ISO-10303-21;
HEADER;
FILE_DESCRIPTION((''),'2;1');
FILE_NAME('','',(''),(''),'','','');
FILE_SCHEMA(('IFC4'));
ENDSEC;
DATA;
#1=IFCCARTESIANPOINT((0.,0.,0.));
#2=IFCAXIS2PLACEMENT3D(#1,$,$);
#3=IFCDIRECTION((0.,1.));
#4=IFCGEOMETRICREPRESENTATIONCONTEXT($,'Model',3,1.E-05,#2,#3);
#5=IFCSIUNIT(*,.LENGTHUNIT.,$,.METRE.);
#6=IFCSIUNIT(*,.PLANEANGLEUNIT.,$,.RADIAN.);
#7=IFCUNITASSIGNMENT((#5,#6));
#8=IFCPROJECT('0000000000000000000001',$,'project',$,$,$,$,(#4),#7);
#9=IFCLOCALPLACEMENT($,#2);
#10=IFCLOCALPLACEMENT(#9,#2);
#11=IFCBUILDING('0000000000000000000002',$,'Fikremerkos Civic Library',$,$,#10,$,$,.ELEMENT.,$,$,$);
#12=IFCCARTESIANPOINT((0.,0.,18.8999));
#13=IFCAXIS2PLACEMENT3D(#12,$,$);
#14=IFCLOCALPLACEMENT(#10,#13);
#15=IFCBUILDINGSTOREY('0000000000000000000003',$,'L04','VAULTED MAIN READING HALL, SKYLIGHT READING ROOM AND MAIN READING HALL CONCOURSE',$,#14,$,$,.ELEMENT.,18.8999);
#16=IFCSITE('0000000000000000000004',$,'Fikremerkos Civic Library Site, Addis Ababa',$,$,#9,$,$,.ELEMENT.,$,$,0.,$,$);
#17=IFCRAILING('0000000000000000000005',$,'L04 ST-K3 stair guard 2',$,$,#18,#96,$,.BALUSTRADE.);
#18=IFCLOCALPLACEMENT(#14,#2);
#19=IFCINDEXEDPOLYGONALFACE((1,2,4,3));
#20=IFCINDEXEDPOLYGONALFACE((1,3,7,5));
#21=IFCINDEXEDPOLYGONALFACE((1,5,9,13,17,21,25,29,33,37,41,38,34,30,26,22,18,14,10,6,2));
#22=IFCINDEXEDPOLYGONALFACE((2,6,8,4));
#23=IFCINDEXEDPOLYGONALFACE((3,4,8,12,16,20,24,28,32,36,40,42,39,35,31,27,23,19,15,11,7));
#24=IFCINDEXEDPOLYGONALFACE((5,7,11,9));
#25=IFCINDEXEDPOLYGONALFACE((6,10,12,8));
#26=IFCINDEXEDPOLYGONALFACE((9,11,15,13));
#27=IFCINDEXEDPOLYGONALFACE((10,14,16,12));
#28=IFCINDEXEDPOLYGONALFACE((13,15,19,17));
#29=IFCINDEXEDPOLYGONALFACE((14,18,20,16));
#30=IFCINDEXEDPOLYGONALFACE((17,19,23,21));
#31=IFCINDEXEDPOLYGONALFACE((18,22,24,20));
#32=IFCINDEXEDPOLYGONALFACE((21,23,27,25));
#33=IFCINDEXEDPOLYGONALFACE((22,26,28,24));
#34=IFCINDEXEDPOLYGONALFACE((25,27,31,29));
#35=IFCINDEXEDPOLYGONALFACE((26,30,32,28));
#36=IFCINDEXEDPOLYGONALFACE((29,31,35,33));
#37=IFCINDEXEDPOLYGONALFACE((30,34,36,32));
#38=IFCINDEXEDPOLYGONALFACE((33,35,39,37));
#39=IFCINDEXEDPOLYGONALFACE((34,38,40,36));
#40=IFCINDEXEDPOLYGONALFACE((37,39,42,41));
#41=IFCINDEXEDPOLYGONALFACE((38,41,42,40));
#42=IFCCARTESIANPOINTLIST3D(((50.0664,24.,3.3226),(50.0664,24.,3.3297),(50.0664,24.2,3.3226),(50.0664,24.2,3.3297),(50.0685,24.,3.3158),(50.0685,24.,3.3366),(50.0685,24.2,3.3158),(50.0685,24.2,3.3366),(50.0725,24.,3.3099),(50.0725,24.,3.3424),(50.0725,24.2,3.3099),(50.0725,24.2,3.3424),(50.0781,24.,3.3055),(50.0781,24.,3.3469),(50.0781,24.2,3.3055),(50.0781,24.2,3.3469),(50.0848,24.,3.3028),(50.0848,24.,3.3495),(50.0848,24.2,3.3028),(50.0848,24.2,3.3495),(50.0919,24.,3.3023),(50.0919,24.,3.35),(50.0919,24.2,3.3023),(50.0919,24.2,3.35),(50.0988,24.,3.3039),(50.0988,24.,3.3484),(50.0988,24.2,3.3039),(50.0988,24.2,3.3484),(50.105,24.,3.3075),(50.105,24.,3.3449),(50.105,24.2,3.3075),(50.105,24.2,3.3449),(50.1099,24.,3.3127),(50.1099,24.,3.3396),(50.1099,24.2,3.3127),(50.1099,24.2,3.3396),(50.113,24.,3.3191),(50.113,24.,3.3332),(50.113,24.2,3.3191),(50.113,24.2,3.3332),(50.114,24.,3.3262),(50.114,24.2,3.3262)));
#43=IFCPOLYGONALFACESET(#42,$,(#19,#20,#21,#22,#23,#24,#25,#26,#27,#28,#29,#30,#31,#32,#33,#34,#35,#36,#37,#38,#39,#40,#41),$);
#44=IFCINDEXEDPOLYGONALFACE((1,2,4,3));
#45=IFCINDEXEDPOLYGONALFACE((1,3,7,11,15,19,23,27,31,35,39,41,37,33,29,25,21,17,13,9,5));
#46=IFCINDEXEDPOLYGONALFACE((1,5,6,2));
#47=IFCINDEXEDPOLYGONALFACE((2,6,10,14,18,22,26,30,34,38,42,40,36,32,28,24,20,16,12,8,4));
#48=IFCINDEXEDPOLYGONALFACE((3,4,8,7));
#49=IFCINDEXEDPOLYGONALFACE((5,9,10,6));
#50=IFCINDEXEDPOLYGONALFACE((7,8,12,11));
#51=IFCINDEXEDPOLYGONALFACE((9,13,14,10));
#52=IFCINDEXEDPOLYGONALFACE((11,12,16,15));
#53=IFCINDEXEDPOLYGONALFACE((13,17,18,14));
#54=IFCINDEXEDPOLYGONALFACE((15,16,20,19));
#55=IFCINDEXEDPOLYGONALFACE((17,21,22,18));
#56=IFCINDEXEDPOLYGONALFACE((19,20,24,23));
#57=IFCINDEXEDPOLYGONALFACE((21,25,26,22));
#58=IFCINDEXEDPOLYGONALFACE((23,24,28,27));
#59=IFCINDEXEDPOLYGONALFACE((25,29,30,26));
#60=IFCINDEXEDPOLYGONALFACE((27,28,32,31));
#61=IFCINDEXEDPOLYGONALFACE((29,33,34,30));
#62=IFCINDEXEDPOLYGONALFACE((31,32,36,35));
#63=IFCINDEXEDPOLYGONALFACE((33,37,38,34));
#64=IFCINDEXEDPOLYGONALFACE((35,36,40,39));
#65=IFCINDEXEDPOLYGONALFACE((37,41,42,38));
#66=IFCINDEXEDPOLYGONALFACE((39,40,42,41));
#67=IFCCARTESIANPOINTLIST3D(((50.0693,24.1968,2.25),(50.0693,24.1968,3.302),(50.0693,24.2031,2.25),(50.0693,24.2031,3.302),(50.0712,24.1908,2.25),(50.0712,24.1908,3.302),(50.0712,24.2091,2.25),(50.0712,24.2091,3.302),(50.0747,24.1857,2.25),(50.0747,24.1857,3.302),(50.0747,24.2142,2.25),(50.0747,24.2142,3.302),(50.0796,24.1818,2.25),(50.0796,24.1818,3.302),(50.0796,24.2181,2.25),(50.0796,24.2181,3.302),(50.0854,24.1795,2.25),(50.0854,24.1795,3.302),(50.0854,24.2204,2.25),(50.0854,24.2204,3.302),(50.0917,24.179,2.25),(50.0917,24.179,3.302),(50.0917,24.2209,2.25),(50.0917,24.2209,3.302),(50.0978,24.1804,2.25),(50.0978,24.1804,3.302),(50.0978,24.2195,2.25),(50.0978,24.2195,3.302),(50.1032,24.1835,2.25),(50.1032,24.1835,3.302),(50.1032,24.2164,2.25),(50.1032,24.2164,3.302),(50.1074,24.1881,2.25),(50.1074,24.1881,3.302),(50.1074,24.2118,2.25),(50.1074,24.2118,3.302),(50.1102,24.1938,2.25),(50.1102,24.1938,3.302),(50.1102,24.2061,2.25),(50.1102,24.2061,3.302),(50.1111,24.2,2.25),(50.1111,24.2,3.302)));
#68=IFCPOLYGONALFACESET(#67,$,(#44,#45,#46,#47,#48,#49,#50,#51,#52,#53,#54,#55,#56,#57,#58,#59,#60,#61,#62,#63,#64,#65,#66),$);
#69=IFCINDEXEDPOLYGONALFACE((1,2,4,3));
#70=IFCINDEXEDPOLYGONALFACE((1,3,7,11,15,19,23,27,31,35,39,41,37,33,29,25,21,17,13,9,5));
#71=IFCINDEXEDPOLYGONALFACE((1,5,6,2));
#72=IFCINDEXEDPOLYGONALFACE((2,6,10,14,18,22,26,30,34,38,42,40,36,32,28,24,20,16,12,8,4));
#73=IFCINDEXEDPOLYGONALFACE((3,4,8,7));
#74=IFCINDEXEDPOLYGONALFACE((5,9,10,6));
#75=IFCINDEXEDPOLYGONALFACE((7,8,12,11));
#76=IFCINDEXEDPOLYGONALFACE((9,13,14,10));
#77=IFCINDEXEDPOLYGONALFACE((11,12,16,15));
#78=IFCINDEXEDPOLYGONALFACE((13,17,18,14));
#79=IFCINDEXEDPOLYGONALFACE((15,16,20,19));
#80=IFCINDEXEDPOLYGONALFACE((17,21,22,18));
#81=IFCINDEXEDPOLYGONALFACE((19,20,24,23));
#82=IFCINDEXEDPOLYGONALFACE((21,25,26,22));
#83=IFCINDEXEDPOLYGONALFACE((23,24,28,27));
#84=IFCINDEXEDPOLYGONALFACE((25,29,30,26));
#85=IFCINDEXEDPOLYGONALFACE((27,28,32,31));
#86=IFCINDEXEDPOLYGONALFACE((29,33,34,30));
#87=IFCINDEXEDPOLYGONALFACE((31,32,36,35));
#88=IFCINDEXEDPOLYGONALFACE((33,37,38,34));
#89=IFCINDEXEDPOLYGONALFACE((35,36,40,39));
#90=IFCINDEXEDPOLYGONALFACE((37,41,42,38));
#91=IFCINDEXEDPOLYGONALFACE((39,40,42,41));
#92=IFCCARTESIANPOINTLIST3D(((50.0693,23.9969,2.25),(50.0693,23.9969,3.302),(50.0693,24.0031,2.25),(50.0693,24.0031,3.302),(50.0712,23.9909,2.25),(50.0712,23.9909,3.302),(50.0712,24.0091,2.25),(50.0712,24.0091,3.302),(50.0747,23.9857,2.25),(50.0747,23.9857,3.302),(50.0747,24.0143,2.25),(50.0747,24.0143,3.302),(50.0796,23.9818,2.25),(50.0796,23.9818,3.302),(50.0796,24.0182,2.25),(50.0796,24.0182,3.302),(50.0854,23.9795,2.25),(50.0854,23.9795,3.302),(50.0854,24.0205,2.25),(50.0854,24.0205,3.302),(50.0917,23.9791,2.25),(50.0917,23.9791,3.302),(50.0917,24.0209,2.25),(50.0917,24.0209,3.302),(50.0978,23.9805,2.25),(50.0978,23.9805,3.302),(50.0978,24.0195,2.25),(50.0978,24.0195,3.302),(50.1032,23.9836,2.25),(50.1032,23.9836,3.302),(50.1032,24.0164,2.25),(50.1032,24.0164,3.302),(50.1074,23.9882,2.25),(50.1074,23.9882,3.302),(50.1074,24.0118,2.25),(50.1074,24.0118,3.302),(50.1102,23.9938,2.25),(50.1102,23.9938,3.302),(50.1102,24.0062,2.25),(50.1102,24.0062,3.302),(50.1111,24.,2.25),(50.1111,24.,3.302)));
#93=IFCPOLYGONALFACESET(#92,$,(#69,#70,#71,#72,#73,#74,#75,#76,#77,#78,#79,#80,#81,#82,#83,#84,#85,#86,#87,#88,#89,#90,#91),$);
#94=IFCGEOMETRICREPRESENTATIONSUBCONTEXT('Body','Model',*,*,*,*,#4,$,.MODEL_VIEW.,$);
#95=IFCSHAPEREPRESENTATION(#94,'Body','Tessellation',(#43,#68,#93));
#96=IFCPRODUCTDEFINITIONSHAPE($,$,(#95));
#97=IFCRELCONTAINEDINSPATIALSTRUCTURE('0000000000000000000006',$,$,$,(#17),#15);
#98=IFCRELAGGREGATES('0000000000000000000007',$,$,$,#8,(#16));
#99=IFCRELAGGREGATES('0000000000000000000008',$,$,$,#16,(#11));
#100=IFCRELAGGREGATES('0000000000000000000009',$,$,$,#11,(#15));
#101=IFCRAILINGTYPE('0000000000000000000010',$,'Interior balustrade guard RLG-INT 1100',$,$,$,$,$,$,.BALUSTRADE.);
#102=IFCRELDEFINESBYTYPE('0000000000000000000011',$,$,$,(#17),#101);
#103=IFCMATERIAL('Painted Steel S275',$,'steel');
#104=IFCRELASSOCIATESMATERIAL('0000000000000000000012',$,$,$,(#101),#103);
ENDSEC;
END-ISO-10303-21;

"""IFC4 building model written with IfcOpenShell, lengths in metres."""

from ifc_helpers import new_model, si_unit, direction, frame, origin, origin_2d, place, context, subcontext, project, spatial, circle, extrude, material, type_object, element, save


model = new_model("IFC4")

# Units and contexts
model_context = context("Model", 3, precision=1e-05, world=origin(), true_north=direction((0.0, 1.0)))
body_context = subcontext(model_context, "Body", "Model", "MODEL_VIEW")
ifc_project = project(units=[si_unit("LENGTHUNIT", "METRE"), si_unit("PLANEANGLEUNIT", "RADIAN")], contexts=[model_context])

# Site, building, storey
site_placement = place(None, origin())
site = spatial("IfcSite", under=ifc_project, at=site_placement, Name="Fikremerkos Civic Library Site, Addis Ababa", CompositionType="ELEMENT", RefElevation=0.0)
building_placement = place(site_placement, origin())
building = spatial("IfcBuilding", under=site, at=building_placement, Name="Fikremerkos Civic Library", CompositionType="ELEMENT")
storey_placement = place(building_placement, frame((0.0, 0.0, 18.8999)))
storey = spatial("IfcBuildingStorey", under=building, at=storey_placement, Name="L04", Description="VAULTED MAIN READING HALL, SKYLIGHT READING ROOM AND MAIN READING HALL CONCOURSE", CompositionType="ELEMENT", Elevation=18.8999)

# Railing
ifc_material_1 = material(Name="Painted Steel S275", Category="steel")
railing_type_1 = type_object("IfcRailingType", Name="Interior balustrade guard RLG-INT 1100", PredefinedType="BALUSTRADE", material=ifc_material_1)
railing_1_placement = place(storey_placement, frame((50.0901, 24.2, 2.25)))
element("IfcRailing", 1, at=railing_1_placement, inside=storey, type_object=railing_type_1, Name="L04 ST-K3 stair guard 2", PredefinedType="BALUSTRADE", context=body_context, shape_type="SweptSolid", body=[
    extrude(circle(Radius=0.0239, at=origin_2d()), frame((0.0, 0.0, 1.0762), z_axis=(0.0, -1.0, 0.0), x_axis=(1.0, 0.0, 0.0)), (0.0, 0.0, 1.0), 0.2),
    extrude(circle(Radius=0.021, at=origin_2d()), origin(), (0.0, 0.0, 1.0), 1.052),
    extrude(circle(Radius=0.021, at=origin_2d()), frame((0.0, -0.2, 0.0)), (0.0, 0.0, 1.0), 1.052),
])

save(model, "model.ifc")
